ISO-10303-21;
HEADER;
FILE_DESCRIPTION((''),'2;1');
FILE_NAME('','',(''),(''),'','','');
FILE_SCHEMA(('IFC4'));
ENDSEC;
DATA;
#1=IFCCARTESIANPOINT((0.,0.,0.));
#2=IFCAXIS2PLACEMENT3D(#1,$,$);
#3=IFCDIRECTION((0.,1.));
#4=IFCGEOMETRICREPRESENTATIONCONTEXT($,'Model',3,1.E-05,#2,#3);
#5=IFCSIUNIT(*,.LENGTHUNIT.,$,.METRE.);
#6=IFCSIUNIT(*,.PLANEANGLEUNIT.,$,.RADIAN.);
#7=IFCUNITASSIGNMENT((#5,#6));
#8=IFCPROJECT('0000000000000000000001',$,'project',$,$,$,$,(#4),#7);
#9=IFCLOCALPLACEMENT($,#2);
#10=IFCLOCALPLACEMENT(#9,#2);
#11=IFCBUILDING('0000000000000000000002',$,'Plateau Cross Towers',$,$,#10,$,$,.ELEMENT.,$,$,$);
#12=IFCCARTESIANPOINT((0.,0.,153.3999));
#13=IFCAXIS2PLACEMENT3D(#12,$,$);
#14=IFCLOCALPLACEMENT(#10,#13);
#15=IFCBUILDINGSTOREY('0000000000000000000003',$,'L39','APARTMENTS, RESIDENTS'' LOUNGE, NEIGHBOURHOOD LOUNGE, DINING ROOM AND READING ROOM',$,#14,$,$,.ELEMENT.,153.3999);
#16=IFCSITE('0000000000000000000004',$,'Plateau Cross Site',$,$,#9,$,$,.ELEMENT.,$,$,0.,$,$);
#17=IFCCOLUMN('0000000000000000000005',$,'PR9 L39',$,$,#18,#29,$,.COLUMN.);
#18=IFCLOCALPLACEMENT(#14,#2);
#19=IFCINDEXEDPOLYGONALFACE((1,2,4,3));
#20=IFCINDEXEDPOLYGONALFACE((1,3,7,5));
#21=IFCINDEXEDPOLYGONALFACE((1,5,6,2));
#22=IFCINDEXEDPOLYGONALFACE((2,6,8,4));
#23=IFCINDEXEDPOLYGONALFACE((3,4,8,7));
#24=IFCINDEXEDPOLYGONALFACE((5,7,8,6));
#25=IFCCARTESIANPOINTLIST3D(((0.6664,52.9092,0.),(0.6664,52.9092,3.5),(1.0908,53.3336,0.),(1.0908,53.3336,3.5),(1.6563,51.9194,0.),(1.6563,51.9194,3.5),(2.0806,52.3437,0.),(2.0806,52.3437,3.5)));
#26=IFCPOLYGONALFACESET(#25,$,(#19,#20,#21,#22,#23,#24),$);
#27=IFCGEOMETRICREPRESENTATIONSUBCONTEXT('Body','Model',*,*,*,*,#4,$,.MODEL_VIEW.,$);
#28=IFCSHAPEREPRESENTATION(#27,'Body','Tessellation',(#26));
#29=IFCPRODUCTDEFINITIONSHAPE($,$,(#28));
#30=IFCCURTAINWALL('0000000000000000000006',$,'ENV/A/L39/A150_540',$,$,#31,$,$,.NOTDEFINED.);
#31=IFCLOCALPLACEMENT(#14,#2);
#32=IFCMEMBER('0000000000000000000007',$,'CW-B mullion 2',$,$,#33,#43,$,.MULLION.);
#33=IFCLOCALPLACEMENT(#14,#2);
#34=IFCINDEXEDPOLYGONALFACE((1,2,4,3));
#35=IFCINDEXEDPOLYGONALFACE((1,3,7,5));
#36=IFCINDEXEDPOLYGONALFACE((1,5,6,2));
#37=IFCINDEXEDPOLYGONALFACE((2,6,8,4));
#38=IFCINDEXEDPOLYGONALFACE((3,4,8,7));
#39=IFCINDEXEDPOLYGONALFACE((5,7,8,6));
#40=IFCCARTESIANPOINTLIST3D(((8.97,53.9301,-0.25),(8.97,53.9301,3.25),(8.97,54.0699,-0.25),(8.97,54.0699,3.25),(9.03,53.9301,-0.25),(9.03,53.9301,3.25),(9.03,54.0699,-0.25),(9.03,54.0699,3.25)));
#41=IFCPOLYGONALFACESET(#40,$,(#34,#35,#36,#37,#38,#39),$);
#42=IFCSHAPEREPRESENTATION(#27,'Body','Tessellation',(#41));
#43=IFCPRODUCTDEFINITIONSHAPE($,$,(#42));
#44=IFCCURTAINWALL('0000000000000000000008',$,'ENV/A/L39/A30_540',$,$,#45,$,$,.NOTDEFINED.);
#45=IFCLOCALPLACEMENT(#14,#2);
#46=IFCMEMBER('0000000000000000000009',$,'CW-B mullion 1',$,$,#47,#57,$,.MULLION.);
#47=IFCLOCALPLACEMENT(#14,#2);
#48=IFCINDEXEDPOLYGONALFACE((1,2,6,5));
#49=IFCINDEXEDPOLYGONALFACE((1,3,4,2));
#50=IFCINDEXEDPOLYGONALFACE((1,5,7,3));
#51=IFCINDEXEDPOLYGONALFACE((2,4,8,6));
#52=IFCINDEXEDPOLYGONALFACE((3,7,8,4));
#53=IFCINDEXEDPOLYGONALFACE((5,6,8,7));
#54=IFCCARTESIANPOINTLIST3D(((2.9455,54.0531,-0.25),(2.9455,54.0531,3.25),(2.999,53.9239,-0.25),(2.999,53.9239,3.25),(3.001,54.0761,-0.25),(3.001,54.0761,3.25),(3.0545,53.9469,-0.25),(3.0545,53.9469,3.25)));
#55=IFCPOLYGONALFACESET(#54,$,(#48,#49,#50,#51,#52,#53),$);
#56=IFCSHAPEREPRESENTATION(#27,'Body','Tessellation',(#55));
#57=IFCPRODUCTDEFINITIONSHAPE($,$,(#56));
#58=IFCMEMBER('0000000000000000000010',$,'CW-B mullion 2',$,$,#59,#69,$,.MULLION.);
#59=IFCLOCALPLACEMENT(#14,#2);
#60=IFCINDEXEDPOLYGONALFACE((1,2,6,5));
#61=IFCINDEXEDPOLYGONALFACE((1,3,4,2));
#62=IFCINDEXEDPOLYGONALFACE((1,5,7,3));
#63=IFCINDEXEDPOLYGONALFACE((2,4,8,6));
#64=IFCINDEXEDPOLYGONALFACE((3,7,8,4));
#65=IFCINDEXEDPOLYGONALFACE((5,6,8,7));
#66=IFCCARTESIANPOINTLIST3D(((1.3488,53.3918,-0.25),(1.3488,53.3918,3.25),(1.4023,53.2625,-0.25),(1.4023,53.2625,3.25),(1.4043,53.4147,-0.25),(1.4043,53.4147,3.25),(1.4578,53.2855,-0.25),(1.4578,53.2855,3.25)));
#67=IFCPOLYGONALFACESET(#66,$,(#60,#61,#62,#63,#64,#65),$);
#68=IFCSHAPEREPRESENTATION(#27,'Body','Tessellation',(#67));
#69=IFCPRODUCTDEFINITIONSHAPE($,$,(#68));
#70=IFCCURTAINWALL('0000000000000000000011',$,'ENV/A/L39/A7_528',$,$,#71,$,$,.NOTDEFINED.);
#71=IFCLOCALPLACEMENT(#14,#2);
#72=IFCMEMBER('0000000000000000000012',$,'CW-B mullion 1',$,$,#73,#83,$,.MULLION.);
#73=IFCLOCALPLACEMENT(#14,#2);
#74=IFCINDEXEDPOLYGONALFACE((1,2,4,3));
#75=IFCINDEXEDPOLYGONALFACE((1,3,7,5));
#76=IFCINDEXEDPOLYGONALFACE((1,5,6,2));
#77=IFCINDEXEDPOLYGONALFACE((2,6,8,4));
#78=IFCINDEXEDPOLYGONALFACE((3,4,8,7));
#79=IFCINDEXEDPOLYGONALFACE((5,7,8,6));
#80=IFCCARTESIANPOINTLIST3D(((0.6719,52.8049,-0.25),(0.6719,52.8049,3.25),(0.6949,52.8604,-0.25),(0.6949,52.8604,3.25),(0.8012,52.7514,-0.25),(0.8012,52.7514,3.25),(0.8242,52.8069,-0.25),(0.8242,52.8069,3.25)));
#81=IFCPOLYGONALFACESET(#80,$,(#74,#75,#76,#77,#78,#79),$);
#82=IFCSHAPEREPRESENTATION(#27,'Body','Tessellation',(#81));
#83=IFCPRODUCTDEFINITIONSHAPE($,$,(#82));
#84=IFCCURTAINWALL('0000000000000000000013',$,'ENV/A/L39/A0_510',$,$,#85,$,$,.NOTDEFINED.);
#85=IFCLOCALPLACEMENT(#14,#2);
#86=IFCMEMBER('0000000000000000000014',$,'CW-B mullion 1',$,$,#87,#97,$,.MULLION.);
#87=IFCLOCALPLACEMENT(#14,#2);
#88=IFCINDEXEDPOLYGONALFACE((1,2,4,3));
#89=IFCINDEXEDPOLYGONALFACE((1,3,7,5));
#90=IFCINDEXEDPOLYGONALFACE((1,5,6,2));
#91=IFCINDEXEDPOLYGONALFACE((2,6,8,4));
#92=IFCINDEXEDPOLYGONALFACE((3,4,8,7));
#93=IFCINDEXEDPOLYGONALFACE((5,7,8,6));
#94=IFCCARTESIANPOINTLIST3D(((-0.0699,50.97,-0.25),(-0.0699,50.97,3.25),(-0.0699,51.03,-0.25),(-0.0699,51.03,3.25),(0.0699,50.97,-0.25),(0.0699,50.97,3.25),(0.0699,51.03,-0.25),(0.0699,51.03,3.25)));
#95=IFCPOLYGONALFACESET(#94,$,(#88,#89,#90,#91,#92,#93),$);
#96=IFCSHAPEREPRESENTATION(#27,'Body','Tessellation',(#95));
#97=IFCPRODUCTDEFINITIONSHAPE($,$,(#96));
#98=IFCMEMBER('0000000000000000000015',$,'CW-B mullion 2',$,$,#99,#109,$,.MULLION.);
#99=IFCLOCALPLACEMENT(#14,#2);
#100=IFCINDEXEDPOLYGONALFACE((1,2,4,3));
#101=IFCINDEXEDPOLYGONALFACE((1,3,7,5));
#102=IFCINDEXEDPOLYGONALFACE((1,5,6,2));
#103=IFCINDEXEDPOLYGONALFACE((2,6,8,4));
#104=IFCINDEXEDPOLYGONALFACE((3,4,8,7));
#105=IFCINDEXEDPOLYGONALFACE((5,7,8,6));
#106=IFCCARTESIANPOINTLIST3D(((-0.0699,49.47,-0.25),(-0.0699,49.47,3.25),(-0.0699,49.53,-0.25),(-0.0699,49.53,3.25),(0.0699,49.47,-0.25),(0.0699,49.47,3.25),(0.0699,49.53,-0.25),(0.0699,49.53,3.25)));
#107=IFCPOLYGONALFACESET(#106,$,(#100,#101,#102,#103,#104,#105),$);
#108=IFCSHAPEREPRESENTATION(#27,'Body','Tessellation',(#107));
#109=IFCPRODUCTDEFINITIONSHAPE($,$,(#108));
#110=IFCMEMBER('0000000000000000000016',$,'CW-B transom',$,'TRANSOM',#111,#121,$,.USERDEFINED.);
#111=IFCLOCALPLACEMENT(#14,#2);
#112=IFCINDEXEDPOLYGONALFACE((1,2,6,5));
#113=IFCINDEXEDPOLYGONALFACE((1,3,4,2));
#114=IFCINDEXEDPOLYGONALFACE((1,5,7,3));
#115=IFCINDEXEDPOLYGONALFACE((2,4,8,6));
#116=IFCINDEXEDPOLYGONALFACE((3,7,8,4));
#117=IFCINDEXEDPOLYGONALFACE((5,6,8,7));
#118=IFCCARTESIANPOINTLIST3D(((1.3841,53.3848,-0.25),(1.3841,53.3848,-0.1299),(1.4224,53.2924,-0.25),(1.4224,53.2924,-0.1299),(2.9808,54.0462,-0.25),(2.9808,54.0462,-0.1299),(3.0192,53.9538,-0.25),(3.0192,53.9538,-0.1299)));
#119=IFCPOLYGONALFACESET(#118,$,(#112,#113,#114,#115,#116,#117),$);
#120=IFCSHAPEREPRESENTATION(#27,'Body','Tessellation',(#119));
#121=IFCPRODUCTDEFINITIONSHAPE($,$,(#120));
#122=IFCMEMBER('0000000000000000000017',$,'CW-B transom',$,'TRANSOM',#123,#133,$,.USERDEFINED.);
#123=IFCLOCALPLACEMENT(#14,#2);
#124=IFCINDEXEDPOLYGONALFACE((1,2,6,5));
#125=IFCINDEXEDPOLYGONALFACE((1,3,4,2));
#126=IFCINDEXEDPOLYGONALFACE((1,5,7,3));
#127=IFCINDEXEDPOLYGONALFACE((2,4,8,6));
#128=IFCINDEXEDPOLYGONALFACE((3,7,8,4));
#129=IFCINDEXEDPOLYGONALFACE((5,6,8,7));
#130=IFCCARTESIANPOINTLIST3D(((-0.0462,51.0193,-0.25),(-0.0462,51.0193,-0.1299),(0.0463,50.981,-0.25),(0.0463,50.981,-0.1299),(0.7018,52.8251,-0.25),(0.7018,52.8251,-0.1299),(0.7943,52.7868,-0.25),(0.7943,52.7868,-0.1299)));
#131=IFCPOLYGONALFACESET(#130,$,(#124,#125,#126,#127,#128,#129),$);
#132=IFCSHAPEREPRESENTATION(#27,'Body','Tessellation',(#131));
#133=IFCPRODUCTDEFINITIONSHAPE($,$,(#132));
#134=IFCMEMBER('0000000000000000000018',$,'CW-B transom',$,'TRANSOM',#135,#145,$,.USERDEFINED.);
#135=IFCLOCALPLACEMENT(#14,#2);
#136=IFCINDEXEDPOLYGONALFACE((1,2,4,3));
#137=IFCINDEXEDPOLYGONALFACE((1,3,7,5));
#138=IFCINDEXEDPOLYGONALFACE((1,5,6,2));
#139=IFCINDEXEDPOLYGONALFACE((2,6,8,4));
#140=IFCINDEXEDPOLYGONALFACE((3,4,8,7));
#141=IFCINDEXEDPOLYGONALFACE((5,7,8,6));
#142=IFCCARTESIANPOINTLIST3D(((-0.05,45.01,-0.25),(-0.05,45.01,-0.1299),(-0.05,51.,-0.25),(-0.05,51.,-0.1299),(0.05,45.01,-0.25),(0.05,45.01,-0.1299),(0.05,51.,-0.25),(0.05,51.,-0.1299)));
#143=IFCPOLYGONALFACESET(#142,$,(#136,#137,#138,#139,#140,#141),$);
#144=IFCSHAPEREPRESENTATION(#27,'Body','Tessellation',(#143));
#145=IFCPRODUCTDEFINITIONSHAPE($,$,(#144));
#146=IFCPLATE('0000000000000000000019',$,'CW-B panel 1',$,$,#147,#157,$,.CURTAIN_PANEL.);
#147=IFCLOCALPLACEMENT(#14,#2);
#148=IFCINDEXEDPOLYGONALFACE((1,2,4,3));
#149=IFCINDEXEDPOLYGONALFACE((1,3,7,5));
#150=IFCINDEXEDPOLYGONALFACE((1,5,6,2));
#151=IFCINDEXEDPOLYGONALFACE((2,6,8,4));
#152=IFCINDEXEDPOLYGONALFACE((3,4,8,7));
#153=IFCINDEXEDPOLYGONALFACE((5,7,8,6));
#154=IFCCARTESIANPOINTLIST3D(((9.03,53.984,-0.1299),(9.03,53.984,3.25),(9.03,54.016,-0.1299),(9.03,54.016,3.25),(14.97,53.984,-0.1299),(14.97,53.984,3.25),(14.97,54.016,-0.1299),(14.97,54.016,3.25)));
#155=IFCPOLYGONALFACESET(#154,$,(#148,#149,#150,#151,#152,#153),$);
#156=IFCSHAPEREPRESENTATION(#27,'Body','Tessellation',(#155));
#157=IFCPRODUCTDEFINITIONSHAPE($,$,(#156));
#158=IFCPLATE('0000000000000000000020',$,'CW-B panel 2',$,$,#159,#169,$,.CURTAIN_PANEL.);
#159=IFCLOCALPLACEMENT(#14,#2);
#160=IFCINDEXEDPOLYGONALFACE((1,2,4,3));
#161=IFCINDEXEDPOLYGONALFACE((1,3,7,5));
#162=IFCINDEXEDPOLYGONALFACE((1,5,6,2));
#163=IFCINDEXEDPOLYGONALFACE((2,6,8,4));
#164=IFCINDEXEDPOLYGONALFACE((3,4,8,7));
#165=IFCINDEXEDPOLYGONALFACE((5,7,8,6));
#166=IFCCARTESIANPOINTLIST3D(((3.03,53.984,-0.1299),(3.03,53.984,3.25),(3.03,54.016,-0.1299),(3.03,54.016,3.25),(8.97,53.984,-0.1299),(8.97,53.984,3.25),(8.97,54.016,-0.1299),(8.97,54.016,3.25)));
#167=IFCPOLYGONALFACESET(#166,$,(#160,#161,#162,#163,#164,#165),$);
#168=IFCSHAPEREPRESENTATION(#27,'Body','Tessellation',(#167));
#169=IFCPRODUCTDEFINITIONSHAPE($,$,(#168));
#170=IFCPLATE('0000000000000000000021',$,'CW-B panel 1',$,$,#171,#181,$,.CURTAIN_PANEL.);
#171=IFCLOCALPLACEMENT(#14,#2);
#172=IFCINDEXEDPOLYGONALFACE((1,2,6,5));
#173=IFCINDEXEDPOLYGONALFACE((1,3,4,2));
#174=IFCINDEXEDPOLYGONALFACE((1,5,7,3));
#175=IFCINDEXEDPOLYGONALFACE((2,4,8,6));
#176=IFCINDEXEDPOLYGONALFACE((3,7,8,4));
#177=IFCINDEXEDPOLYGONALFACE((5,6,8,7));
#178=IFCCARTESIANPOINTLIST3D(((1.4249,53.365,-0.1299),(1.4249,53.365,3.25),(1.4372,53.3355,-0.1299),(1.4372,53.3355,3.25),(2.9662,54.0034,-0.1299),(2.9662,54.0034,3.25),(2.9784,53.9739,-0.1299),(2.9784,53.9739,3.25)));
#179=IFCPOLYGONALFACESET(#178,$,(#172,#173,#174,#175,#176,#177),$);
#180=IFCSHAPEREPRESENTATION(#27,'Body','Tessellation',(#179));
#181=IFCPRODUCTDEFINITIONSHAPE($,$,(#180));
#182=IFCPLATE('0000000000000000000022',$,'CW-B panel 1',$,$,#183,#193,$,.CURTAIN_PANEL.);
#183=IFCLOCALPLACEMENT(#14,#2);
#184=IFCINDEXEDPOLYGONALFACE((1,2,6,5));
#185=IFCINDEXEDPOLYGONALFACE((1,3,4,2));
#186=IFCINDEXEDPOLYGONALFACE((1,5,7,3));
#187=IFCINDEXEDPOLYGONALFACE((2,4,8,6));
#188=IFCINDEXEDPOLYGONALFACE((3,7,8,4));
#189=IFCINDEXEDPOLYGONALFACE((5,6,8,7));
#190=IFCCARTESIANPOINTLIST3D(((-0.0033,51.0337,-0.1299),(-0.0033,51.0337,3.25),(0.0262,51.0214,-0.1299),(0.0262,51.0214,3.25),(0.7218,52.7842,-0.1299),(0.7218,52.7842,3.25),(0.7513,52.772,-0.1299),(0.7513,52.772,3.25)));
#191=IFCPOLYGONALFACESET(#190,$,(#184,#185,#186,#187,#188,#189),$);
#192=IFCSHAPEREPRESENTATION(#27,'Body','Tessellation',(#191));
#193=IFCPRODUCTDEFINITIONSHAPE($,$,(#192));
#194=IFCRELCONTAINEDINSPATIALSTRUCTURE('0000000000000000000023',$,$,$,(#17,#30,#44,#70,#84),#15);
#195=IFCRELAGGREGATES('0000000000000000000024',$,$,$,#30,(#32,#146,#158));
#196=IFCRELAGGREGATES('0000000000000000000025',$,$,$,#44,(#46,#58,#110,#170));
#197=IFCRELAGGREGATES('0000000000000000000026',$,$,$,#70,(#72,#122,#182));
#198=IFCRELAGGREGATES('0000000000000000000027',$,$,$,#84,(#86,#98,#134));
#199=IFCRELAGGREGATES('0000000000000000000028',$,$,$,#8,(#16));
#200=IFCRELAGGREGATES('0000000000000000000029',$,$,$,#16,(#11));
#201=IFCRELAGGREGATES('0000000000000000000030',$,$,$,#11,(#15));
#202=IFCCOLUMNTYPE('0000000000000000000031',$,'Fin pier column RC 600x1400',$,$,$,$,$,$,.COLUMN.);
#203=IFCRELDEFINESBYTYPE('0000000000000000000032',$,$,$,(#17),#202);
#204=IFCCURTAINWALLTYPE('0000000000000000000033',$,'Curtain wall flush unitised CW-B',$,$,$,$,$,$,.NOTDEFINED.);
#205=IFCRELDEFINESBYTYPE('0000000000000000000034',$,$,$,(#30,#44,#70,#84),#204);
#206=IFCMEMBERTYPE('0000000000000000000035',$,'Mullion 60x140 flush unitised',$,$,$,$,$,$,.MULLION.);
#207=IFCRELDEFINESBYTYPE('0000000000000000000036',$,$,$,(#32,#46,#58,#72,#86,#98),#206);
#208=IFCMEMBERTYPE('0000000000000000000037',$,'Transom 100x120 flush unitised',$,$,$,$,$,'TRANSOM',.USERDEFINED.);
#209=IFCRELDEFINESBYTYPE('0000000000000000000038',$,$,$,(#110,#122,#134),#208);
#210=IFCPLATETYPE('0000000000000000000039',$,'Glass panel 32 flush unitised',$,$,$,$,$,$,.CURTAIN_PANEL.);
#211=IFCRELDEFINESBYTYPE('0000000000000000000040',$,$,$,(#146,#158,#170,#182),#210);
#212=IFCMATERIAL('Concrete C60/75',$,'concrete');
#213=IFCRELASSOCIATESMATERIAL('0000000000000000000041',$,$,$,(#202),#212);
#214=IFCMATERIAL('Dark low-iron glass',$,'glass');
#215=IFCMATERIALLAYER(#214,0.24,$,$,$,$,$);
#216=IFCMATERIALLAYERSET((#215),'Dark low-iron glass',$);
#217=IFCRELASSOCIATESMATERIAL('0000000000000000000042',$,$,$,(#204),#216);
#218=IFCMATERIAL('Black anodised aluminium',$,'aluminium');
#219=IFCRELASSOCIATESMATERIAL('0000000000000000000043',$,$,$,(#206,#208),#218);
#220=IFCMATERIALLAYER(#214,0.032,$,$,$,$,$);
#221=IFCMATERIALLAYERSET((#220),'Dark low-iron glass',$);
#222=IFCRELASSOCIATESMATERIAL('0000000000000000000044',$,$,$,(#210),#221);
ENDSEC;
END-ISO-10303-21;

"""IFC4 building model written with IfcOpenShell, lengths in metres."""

from ifc_helpers import new_model, si_unit, direction, frame, origin, origin_2d, place, context, subcontext, project, spatial, rectangle, extrude, material, layer, layer_set, material_profile, profile_set, type_object, element, aggregate, save


model = new_model("IFC4")

# Units and contexts
model_context = context("Model", 3, precision=1e-05, world=origin(), true_north=direction((0.0, 1.0)))
body_context = subcontext(model_context, "Body", "Model", "MODEL_VIEW")
ifc_project = project(units=[si_unit("LENGTHUNIT", "METRE"), si_unit("PLANEANGLEUNIT", "RADIAN")], contexts=[model_context])

# Site, building, storey
site_placement = place(None, origin())
site = spatial("IfcSite", under=ifc_project, at=site_placement, Name="Plateau Cross Site", CompositionType="ELEMENT", RefElevation=0.0)
building_placement = place(site_placement, origin())
building = spatial("IfcBuilding", under=site, at=building_placement, Name="Plateau Cross Towers", CompositionType="ELEMENT")
storey_placement = place(building_placement, frame((0.0, 0.0, 153.3999)))
storey = spatial("IfcBuildingStorey", under=building, at=storey_placement, Name="L39", Description="APARTMENTS, RESIDENTS' LOUNGE, NEIGHBOURHOOD LOUNGE, DINING ROOM AND READING ROOM", CompositionType="ELEMENT", Elevation=153.3999)

# Column
ifc_material_1 = material(Name="Concrete C60/75", Category="concrete")
ifc_material_profile_1 = material_profile(ifc_material_1, rectangle(XDim=0.6001, YDim=1.3999, at=origin_2d()), Name="RC 600x1400")
ifc_profile_set_1 = profile_set([ifc_material_profile_1], Name="Concrete C60/75")
column_type = type_object("IfcColumnType", Name="Fin pier column RC 600x1400", PredefinedType="COLUMN", material=ifc_profile_set_1)
column_placement = place(storey_placement, frame((1.3735, 52.6265, 0.0), z_axis=(0.0, 0.0, 1.0), x_axis=(0.707107, 0.707107, 0.0)))
element("IfcColumn", 1, at=column_placement, inside=storey, type_object=column_type, Name="PR9 L39", PredefinedType="COLUMN", context=body_context, shape_type="SweptSolid", body=[
    extrude(rectangle(XDim=0.6001, YDim=1.3999, at=origin_2d()), origin(), (0.0, 0.0, 1.0), 3.5),
])

# Curtain wall, member
ifc_material_2 = material(Name="Dark low-iron glass", Category="glass")
ifc_layer_1 = layer(ifc_material_2, 0.24)
ifc_layer_set_1 = layer_set([ifc_layer_1], Name="Dark low-iron glass")
curtain_wall_type = type_object("IfcCurtainWallType", Name="Curtain wall flush unitised CW-B", PredefinedType="NOTDEFINED", material=ifc_layer_set_1)
curtain_wall_1_placement = place(storey_placement, origin())
curtain_wall_1 = element("IfcCurtainWall", 2, at=curtain_wall_1_placement, inside=storey, type_object=curtain_wall_type, Name="ENV/A/L39/A150_540", PredefinedType="NOTDEFINED")
ifc_material_3 = material(Name="Black anodised aluminium", Category="aluminium")
ifc_material_profile_2 = material_profile(ifc_material_3, rectangle(XDim=0.0601, YDim=0.1399, at=origin_2d()), Name="MULLION 60x140")
ifc_profile_set_2 = profile_set([ifc_material_profile_2], Name="Black anodised aluminium")
member_type_1 = type_object("IfcMemberType", Name="Mullion 60x140 flush unitised", PredefinedType="MULLION", material=ifc_profile_set_2)
member_1_placement = place(storey_placement, frame((9.0, 54.0, -0.25), z_axis=(0.0, 0.0, 1.0), x_axis=(-1.0, 0.0, 0.0)))
member_1 = element("IfcMember", 3, at=member_1_placement, type_object=member_type_1, Name="CW-B mullion 2", PredefinedType="MULLION", context=body_context, shape_type="SweptSolid", body=[
    extrude(rectangle(XDim=0.0601, YDim=0.1399, at=origin_2d()), origin(), (0.0, 0.0, 1.0), 3.5),
])

# Curtain wall, members
curtain_wall_2_placement = place(storey_placement, origin())
curtain_wall_2 = element("IfcCurtainWall", 4, at=curtain_wall_2_placement, inside=storey, type_object=curtain_wall_type, Name="ENV/A/L39/A30_540", PredefinedType="NOTDEFINED")
member_2_placement = place(storey_placement, frame((3.0, 54.0, -0.25), z_axis=(0.0, 0.0, 1.0), x_axis=(-0.923879, -0.382684, 0.0)))
member_2 = element("IfcMember", 5, at=member_2_placement, type_object=member_type_1, Name="CW-B mullion 1", PredefinedType="MULLION", context=body_context, shape_type="SweptSolid", body=[
    extrude(rectangle(XDim=0.0601, YDim=0.1399, at=origin_2d()), origin(), (0.0, 0.0, 1.0), 3.5),
])
member_3_placement = place(storey_placement, frame((1.4033, 53.3386, -0.25), z_axis=(0.0, 0.0, 1.0), x_axis=(-0.923879, -0.382684, 0.0)))
member_3 = element("IfcMember", 6, at=member_3_placement, type_object=member_type_1, Name="CW-B mullion 2", PredefinedType="MULLION", context=body_context, shape_type="SweptSolid", body=[
    extrude(rectangle(XDim=0.0601, YDim=0.1399, at=origin_2d()), origin(), (0.0, 0.0, 1.0), 3.5),
])

# Curtain wall, member
curtain_wall_3_placement = place(storey_placement, origin())
curtain_wall_3 = element("IfcCurtainWall", 7, at=curtain_wall_3_placement, inside=storey, type_object=curtain_wall_type, Name="ENV/A/L39/A7_528", PredefinedType="NOTDEFINED")
member_4_placement = place(storey_placement, frame((0.748, 52.8059, -0.25), z_axis=(0.0, 0.0, 1.0), x_axis=(-0.382684, -0.923879, 0.0)))
member_4 = element("IfcMember", 8, at=member_4_placement, type_object=member_type_1, Name="CW-B mullion 1", PredefinedType="MULLION", context=body_context, shape_type="SweptSolid", body=[
    extrude(rectangle(XDim=0.0601, YDim=0.1399, at=origin_2d()), origin(), (0.0, 0.0, 1.0), 3.5),
])

# Curtain wall, members
curtain_wall_4_placement = place(storey_placement, origin())
curtain_wall_4 = element("IfcCurtainWall", 9, at=curtain_wall_4_placement, inside=storey, type_object=curtain_wall_type, Name="ENV/A/L39/A0_510", PredefinedType="NOTDEFINED")
member_5_placement = place(storey_placement, frame((0.0, 51.0, -0.25), z_axis=(0.0, 0.0, 1.0), x_axis=(0.0, -1.0, 0.0)))
member_5 = element("IfcMember", 10, at=member_5_placement, type_object=member_type_1, Name="CW-B mullion 1", PredefinedType="MULLION", context=body_context, shape_type="SweptSolid", body=[
    extrude(rectangle(XDim=0.0601, YDim=0.1399, at=origin_2d()), origin(), (0.0, 0.0, 1.0), 3.5),
])
member_6_placement = place(storey_placement, frame((0.0, 49.5, -0.25), z_axis=(0.0, 0.0, 1.0), x_axis=(0.0, -1.0, 0.0)))
member_6 = element("IfcMember", 11, at=member_6_placement, type_object=member_type_1, Name="CW-B mullion 2", PredefinedType="MULLION", context=body_context, shape_type="SweptSolid", body=[
    extrude(rectangle(XDim=0.0601, YDim=0.1399, at=origin_2d()), origin(), (0.0, 0.0, 1.0), 3.5),
])

# Members
ifc_material_profile_3 = material_profile(ifc_material_3, rectangle(XDim=0.1001, YDim=0.1201, at=origin_2d()), Name="TRANSOM 100x120")
ifc_profile_set_3 = profile_set([ifc_material_profile_3], Name="Black anodised aluminium")
member_type_2 = type_object("IfcMemberType", Name="Transom 100x120 flush unitised", ElementType="TRANSOM", PredefinedType="USERDEFINED", material=ifc_profile_set_3)
member_7_placement = place(storey_placement, frame((3.0, 54.0, -0.1899), z_axis=(-0.923877, -0.382689, 0.0), x_axis=(0.382689, -0.923877, 0.0)))
member_7 = element("IfcMember", 12, at=member_7_placement, type_object=member_type_2, Name="CW-B transom", ObjectType="TRANSOM", PredefinedType="USERDEFINED", context=body_context, shape_type="SweptSolid", body=[
    extrude(rectangle(XDim=0.1001, YDim=0.1201, at=origin_2d()), origin(), (0.0, 0.0, 1.0), 1.7283),
])
member_8_placement = place(storey_placement, frame((0.748, 52.8059, -0.1899), z_axis=(-0.38269, -0.923877, 0.0), x_axis=(0.923877, -0.38269, 0.0)))
member_8 = element("IfcMember", 13, at=member_8_placement, type_object=member_type_2, Name="CW-B transom", ObjectType="TRANSOM", PredefinedType="USERDEFINED", context=body_context, shape_type="SweptSolid", body=[
    extrude(rectangle(XDim=0.1001, YDim=0.1201, at=origin_2d()), origin(), (0.0, 0.0, 1.0), 1.9546),
])
member_9_placement = place(storey_placement, frame((0.0, 51.0, -0.1899), z_axis=(0.0, -1.0, 0.0), x_axis=(1.0, 0.0, 0.0)))
member_9 = element("IfcMember", 14, at=member_9_placement, type_object=member_type_2, Name="CW-B transom", ObjectType="TRANSOM", PredefinedType="USERDEFINED", context=body_context, shape_type="SweptSolid", body=[
    extrude(rectangle(XDim=0.1001, YDim=0.1201, at=origin_2d()), origin(), (0.0, 0.0, 1.0), 5.99),
])

# Plates
ifc_layer_2 = layer(ifc_material_2, 0.032)
ifc_layer_set_2 = layer_set([ifc_layer_2], Name="Dark low-iron glass")
plate_type = type_object("IfcPlateType", Name="Glass panel 32 flush unitised", PredefinedType="CURTAIN_PANEL", material=ifc_layer_set_2)
plate_1_placement = place(storey_placement, frame((12.0, 54.0, -0.1299), z_axis=(0.0, 0.0, 1.0), x_axis=(-1.0, 0.0, 0.0)))
plate_1 = element("IfcPlate", 15, at=plate_1_placement, type_object=plate_type, Name="CW-B panel 1", PredefinedType="CURTAIN_PANEL", context=body_context, shape_type="SweptSolid", body=[
    extrude(rectangle(XDim=5.9399, YDim=0.032, at=origin_2d()), origin(), (0.0, 0.0, 1.0), 3.3799),
])
plate_2_placement = place(storey_placement, frame((6.0, 54.0, -0.1299), z_axis=(0.0, 0.0, 1.0), x_axis=(-1.0, 0.0, 0.0)))
plate_2 = element("IfcPlate", 16, at=plate_2_placement, type_object=plate_type, Name="CW-B panel 2", PredefinedType="CURTAIN_PANEL", context=body_context, shape_type="SweptSolid", body=[
    extrude(rectangle(XDim=5.9399, YDim=0.032, at=origin_2d()), origin(), (0.0, 0.0, 1.0), 3.3799),
])
aggregate(curtain_wall_1, [member_1, plate_1, plate_2])
plate_3_placement = place(storey_placement, frame((2.2017, 53.6694, -0.1299), z_axis=(0.0, 0.0, 1.0), x_axis=(-0.923879, -0.382684, 0.0)))
plate_3 = element("IfcPlate", 17, at=plate_3_placement, type_object=plate_type, Name="CW-B panel 1", PredefinedType="CURTAIN_PANEL", context=body_context, shape_type="SweptSolid", body=[
    extrude(rectangle(XDim=1.6682, YDim=0.032, at=origin_2d()), origin(), (0.0, 0.0, 1.0), 3.3799),
])
aggregate(curtain_wall_2, [member_2, member_3, member_7, plate_3])
plate_4_placement = place(storey_placement, frame((0.374, 51.9028, -0.1299), z_axis=(0.0, 0.0, 1.0), x_axis=(-0.382684, -0.923879, 0.0)))
plate_4 = element("IfcPlate", 18, at=plate_4_placement, type_object=plate_type, Name="CW-B panel 1", PredefinedType="CURTAIN_PANEL", context=body_context, shape_type="SweptSolid", body=[
    extrude(rectangle(XDim=1.8948, YDim=0.032, at=origin_2d()), origin(), (0.0, 0.0, 1.0), 3.3799),
])
aggregate(curtain_wall_3, [member_4, member_8, plate_4])
aggregate(curtain_wall_4, [member_5, member_6, member_9])

save(model, "model.ifc")
